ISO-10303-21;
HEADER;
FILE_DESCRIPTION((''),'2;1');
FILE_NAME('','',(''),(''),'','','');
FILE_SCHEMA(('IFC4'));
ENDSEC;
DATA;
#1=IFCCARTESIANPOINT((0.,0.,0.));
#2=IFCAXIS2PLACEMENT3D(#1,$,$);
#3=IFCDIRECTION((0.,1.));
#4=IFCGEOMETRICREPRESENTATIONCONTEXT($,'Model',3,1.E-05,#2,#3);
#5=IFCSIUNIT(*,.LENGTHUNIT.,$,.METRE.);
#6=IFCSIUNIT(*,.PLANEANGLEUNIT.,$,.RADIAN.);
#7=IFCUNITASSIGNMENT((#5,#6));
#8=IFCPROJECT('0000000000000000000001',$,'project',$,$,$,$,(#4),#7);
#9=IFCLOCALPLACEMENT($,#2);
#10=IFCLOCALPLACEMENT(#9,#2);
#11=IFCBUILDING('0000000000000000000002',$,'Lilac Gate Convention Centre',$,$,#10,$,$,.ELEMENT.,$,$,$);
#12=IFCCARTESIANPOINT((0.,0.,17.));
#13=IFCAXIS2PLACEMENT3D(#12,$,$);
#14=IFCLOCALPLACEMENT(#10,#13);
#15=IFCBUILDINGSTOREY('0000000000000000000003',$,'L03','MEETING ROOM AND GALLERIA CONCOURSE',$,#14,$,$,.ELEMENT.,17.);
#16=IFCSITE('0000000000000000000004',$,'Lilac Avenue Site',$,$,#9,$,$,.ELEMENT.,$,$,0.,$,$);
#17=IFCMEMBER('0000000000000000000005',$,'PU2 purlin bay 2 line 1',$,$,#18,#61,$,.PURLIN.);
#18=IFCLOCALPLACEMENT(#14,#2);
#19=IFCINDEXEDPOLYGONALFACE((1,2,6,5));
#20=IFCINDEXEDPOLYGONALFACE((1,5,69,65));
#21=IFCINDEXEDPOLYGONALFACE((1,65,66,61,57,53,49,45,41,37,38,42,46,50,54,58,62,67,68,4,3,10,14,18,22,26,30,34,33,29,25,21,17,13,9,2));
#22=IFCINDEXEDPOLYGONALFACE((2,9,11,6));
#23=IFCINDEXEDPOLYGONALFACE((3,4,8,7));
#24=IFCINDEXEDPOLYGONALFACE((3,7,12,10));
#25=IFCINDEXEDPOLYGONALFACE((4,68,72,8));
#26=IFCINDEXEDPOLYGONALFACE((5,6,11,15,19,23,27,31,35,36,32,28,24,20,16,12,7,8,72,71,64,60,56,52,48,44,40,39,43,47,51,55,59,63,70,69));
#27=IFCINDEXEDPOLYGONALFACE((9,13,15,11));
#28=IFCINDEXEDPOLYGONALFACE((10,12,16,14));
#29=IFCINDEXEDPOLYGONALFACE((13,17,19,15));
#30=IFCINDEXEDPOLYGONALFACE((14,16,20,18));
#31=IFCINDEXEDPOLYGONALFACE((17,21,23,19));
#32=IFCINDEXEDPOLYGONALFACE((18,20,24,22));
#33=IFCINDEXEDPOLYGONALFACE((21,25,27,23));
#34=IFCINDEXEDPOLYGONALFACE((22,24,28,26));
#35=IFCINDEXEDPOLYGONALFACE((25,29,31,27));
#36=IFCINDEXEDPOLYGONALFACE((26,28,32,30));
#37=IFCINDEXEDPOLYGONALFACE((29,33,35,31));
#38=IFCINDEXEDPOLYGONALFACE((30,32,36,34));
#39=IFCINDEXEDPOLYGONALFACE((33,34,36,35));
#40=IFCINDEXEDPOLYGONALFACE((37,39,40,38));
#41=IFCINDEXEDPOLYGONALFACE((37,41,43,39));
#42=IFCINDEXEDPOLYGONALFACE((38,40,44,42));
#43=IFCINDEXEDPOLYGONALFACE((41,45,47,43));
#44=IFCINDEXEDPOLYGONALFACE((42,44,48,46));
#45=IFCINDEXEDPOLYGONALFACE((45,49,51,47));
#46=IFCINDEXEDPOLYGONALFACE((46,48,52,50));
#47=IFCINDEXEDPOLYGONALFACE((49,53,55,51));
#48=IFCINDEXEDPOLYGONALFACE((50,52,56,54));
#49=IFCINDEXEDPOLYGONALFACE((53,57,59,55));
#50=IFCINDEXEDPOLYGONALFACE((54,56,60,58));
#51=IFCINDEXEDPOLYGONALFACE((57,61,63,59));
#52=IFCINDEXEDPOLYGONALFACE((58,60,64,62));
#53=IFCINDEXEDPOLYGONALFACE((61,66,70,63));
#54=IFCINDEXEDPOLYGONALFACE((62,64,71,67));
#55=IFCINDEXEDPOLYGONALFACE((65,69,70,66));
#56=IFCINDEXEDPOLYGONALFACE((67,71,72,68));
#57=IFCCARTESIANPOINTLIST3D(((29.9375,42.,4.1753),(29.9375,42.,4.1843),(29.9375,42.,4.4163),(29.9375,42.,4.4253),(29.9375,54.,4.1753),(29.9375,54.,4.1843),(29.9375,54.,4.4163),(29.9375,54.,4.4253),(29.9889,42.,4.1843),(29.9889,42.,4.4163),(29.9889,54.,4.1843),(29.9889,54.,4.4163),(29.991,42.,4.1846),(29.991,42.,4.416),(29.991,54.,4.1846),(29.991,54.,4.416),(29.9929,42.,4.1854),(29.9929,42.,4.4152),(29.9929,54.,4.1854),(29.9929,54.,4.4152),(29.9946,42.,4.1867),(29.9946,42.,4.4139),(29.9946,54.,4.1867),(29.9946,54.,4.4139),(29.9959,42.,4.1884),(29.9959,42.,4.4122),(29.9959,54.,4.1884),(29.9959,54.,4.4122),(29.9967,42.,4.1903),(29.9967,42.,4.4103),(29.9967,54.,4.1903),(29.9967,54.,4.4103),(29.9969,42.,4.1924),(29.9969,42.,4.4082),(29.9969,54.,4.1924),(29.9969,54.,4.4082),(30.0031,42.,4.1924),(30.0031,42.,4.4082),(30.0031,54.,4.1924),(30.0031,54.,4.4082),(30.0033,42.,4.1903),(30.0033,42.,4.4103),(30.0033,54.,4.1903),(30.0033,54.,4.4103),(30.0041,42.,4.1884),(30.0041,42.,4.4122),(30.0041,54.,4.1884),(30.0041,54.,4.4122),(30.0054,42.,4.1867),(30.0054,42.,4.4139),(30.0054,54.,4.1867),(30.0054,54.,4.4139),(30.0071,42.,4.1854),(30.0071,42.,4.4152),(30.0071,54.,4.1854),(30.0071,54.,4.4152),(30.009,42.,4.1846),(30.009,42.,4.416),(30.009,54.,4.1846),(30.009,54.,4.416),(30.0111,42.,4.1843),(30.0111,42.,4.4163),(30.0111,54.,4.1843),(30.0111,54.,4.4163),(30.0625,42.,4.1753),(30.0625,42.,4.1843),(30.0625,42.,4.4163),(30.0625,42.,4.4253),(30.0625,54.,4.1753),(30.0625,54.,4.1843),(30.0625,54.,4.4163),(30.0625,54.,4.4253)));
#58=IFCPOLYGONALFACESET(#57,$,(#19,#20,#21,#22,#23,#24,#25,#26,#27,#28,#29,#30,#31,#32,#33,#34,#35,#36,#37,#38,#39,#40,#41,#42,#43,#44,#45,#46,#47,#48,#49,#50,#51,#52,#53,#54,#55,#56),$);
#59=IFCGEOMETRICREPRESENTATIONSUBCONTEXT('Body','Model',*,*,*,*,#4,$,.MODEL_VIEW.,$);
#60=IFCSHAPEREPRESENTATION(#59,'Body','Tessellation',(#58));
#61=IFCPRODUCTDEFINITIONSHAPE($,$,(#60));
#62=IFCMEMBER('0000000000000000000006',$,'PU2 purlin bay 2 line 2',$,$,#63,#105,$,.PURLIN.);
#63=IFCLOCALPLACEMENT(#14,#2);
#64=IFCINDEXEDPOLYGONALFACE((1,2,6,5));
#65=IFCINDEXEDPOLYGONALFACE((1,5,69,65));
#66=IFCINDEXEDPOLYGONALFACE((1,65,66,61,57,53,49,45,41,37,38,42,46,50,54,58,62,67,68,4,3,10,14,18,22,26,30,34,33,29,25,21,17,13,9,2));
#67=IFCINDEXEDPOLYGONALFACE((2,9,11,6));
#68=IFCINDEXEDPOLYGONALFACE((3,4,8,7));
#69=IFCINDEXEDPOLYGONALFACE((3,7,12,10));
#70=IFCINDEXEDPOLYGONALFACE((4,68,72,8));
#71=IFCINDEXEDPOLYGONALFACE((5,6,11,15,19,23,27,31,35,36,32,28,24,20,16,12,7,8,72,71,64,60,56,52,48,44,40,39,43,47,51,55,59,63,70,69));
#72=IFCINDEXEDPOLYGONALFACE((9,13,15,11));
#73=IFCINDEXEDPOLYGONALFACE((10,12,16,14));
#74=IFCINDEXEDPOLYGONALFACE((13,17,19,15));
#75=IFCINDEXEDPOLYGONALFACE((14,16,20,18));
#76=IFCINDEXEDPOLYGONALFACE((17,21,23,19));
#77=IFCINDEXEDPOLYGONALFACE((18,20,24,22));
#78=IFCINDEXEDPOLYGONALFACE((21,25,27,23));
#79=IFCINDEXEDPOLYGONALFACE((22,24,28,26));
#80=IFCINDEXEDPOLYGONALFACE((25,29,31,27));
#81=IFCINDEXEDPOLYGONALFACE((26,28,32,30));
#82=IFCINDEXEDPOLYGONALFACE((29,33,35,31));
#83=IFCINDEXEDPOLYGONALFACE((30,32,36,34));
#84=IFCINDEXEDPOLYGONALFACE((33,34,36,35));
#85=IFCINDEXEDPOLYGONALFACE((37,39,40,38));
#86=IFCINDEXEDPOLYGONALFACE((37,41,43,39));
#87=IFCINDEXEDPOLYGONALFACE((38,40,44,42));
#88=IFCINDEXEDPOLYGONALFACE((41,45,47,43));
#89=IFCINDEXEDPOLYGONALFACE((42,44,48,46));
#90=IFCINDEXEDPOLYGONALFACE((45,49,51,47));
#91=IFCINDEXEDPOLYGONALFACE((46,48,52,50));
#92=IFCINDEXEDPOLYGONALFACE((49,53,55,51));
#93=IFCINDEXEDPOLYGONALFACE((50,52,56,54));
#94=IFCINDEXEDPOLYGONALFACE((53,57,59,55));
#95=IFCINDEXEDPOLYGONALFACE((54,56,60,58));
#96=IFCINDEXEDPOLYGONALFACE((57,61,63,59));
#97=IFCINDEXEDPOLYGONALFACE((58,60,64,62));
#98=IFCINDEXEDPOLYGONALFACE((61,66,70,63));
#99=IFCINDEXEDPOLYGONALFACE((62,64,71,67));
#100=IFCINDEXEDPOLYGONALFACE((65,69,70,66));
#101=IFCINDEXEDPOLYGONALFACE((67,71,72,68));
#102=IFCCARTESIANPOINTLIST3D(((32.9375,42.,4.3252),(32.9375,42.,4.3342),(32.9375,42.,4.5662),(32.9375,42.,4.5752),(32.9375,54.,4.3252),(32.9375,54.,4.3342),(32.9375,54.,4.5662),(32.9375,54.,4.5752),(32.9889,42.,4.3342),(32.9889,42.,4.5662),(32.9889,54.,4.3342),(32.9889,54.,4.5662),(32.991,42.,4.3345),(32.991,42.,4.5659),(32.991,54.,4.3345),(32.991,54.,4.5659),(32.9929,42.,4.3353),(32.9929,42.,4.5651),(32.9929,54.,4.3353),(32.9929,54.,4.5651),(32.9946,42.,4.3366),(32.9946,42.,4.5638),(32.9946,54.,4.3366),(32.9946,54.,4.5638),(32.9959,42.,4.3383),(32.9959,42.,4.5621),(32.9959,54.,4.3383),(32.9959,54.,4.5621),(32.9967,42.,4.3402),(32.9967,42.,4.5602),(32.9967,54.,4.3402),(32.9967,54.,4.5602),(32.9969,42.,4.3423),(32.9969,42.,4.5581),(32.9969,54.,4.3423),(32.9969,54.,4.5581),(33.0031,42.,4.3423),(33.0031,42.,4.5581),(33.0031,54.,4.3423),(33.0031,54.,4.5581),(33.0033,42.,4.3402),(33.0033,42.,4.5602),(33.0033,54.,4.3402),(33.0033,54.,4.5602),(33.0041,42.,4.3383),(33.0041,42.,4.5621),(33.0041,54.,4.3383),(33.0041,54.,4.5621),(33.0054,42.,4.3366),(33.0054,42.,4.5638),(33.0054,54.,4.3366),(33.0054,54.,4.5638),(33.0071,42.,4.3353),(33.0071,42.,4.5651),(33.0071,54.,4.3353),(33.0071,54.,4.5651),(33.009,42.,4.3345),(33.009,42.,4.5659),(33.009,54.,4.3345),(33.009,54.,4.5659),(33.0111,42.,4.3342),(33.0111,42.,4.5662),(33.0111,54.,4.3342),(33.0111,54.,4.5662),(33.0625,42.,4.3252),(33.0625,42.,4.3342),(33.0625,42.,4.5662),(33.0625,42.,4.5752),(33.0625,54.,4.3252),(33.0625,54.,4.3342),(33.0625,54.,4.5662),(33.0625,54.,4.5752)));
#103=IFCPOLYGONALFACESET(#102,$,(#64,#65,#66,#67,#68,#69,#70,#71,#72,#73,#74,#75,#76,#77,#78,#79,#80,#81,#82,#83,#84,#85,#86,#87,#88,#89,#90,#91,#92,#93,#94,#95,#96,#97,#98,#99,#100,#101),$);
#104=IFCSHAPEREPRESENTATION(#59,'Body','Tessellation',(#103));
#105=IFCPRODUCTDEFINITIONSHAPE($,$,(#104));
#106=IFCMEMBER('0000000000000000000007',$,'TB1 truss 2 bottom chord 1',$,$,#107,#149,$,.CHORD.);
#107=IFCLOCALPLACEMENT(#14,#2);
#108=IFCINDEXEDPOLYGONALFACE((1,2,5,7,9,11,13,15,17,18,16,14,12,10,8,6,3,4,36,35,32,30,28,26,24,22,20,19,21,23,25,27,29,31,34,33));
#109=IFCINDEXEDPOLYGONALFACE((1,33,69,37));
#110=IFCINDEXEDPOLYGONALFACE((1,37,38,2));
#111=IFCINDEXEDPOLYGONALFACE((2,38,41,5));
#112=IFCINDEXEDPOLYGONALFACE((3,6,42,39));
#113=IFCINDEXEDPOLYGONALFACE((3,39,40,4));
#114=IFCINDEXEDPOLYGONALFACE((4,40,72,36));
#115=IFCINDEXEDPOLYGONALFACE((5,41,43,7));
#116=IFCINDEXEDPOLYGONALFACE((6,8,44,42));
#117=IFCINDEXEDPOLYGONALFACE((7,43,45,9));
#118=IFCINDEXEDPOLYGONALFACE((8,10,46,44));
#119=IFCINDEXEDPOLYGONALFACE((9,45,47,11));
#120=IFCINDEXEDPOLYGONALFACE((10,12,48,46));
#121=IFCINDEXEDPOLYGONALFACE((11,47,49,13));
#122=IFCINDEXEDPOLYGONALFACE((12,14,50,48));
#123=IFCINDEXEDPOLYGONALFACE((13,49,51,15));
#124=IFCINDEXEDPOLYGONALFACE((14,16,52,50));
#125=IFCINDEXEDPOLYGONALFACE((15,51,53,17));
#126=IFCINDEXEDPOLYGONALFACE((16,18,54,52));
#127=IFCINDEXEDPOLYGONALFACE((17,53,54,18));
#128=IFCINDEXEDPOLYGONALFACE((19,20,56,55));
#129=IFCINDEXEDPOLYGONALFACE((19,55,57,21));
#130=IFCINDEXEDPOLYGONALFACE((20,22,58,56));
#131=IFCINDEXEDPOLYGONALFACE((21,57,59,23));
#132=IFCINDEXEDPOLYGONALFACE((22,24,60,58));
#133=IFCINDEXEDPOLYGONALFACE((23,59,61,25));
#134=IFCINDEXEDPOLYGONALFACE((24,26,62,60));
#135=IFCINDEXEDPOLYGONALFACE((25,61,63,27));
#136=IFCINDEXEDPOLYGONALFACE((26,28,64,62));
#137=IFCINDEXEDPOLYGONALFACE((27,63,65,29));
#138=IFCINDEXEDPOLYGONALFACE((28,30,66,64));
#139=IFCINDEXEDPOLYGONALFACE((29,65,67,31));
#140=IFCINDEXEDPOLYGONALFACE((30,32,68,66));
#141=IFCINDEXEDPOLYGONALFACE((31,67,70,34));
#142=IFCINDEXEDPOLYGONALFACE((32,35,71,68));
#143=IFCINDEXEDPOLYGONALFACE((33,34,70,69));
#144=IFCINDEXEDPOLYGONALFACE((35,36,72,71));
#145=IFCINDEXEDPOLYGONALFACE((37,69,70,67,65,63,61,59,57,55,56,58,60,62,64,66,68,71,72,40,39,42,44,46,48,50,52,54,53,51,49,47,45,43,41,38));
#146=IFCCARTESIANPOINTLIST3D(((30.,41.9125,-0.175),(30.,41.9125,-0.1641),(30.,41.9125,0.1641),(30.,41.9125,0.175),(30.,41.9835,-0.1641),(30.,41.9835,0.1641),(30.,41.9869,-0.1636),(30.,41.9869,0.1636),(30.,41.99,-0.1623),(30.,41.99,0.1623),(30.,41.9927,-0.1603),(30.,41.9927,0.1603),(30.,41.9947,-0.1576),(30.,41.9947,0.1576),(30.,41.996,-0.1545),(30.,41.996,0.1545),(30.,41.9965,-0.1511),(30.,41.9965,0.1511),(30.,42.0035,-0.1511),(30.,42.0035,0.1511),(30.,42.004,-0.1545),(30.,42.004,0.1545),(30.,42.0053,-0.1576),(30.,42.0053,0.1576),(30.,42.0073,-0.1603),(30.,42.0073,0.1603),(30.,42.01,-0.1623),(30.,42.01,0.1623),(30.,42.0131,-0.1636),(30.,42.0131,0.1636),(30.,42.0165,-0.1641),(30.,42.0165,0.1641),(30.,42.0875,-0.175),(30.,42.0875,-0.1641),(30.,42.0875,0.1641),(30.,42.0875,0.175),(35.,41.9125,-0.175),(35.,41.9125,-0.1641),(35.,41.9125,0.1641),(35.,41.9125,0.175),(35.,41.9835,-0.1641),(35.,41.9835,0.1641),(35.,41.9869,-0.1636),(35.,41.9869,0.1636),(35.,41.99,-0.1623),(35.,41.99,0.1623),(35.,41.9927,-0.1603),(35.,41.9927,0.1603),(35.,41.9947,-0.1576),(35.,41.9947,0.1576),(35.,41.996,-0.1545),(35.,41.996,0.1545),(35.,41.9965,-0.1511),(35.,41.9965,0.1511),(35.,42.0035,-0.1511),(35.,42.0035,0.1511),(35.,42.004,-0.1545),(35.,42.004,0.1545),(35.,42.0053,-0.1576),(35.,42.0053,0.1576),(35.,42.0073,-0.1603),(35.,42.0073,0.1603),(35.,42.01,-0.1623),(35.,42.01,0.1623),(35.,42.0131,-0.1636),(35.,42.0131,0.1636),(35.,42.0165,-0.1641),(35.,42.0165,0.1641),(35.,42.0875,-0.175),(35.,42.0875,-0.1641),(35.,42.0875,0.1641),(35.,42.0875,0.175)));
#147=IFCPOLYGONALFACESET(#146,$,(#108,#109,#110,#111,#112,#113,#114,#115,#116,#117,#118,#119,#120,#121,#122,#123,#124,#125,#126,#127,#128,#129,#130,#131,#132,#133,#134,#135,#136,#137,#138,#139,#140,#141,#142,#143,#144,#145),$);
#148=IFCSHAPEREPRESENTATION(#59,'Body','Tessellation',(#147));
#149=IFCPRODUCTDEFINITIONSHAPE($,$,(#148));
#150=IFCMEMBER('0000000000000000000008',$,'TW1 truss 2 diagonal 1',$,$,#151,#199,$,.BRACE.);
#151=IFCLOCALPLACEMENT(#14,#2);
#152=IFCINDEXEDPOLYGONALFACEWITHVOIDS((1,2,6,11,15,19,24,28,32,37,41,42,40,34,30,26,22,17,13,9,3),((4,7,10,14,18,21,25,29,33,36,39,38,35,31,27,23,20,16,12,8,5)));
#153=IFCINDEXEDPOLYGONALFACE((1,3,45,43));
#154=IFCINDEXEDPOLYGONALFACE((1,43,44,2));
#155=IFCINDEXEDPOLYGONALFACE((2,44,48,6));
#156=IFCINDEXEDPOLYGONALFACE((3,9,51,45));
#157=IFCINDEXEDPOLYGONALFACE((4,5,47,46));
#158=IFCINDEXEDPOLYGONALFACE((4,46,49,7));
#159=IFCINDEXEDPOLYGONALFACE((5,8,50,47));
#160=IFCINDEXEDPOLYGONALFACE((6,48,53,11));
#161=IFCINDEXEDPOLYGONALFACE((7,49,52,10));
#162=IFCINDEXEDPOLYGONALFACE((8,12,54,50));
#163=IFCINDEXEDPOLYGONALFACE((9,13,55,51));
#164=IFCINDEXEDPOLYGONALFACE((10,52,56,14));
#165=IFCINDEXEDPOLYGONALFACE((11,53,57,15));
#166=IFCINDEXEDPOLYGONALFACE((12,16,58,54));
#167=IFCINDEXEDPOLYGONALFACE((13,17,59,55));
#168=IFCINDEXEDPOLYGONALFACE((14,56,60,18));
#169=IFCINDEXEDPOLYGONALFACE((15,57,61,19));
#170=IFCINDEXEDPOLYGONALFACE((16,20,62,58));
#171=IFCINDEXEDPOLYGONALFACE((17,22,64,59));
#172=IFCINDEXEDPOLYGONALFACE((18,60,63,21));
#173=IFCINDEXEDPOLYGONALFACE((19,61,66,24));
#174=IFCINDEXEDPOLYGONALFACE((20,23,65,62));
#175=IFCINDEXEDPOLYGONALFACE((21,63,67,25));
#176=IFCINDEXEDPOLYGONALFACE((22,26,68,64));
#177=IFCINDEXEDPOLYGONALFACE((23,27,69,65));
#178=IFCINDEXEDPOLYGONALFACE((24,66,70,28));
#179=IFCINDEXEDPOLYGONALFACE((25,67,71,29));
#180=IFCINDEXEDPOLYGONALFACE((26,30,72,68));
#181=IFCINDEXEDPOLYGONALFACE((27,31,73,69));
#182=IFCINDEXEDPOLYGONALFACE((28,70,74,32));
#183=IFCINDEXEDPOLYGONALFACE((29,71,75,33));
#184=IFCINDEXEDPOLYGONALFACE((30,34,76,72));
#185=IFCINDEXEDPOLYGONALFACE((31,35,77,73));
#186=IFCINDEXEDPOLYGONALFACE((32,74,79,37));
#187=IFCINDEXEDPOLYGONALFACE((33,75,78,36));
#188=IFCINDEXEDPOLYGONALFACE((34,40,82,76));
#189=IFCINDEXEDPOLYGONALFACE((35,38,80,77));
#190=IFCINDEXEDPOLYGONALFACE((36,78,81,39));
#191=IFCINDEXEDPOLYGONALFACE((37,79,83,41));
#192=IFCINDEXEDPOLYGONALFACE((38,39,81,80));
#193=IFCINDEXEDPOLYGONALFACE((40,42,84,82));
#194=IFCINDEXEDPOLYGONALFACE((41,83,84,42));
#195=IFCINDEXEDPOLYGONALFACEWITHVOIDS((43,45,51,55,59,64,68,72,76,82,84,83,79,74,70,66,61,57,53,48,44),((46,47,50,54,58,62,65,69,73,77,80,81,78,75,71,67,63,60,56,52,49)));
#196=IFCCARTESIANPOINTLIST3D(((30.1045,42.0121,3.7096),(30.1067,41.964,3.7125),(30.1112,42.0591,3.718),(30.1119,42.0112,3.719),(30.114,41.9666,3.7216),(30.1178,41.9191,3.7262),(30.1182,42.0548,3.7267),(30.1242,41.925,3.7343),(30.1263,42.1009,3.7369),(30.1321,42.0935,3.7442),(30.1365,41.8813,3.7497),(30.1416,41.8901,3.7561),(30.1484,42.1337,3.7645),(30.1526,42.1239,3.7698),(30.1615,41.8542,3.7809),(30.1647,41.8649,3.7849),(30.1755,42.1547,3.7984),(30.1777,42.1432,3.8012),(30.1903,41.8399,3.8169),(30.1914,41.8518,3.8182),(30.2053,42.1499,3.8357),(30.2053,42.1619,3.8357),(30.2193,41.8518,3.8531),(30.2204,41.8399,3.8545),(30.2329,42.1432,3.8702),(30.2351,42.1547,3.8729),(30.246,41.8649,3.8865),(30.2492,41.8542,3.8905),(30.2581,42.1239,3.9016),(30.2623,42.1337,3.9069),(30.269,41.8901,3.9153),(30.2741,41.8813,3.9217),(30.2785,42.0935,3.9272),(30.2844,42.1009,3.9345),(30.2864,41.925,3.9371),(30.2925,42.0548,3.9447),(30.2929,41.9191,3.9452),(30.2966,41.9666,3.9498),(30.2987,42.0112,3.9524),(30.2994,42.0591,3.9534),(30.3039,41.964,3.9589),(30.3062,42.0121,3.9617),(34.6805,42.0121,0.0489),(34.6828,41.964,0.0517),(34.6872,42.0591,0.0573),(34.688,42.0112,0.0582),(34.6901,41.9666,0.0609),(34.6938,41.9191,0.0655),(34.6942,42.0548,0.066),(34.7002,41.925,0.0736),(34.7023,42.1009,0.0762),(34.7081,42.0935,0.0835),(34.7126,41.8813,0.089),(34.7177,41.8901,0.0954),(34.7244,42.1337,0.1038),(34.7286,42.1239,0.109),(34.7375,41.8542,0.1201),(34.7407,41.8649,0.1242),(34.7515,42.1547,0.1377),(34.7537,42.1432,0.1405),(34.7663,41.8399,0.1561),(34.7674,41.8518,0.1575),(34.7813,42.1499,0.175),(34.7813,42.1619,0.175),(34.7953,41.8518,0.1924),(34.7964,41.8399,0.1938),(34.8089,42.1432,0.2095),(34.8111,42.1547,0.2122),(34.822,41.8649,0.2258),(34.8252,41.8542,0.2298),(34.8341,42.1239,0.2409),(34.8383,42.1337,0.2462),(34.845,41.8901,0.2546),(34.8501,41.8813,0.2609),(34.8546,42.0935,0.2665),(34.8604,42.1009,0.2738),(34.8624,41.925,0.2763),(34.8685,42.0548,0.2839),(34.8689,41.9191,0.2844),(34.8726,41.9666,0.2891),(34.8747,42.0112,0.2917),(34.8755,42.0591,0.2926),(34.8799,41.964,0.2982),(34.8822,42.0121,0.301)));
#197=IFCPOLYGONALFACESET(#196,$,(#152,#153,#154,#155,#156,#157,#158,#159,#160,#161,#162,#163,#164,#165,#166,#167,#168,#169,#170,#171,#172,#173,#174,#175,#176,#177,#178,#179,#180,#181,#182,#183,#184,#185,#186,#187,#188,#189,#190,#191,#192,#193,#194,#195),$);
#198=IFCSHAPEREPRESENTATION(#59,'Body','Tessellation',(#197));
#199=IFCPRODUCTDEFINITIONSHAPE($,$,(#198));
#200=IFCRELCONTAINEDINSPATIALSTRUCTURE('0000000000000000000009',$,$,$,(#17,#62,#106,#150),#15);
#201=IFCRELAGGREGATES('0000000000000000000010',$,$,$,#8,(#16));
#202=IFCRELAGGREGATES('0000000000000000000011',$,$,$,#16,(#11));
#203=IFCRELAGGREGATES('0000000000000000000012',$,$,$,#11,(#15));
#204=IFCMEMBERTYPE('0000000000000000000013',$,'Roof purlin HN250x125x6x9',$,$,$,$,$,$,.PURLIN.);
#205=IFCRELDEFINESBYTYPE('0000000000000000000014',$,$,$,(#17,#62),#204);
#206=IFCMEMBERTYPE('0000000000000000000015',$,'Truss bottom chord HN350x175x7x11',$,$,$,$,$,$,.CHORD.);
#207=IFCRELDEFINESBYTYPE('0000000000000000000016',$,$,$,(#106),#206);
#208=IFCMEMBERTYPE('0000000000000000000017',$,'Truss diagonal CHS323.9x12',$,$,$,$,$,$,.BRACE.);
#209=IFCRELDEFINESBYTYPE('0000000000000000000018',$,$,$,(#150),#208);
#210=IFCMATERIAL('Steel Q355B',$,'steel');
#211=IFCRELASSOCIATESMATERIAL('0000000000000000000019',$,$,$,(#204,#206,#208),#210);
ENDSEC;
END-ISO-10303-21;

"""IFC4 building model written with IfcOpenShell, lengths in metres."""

from ifc_helpers import new_model, si_unit, direction, frame, origin, origin_2d, place, context, subcontext, project, spatial, hollow_circle, i_section, extrude, material, material_profile, profile_set, type_object, element, save


model = new_model("IFC4")

# Units and contexts
model_context = context("Model", 3, precision=1e-05, world=origin(), true_north=direction((0.0, 1.0)))
body_context = subcontext(model_context, "Body", "Model", "MODEL_VIEW")
ifc_project = project(units=[si_unit("LENGTHUNIT", "METRE"), si_unit("PLANEANGLEUNIT", "RADIAN")], contexts=[model_context])

# Site, building, storey
site_placement = place(None, origin())
site = spatial("IfcSite", under=ifc_project, at=site_placement, Name="Lilac Avenue Site", CompositionType="ELEMENT", RefElevation=0.0)
building_placement = place(site_placement, origin())
building = spatial("IfcBuilding", under=site, at=building_placement, Name="Lilac Gate Convention Centre", CompositionType="ELEMENT")
storey_placement = place(building_placement, frame((0.0, 0.0, 17.0)))
storey = spatial("IfcBuildingStorey", under=building, at=storey_placement, Name="L03", Description="MEETING ROOM AND GALLERIA CONCOURSE", CompositionType="ELEMENT", Elevation=17.0)

# Shared definitions
ifc_material_1 = material(Name="Steel Q355B", Category="steel")

# Members
ifc_material_profile_1 = material_profile(ifc_material_1, i_section(OverallWidth=0.125, OverallDepth=0.25, WebThickness=0.0061, FlangeThickness=0.009, FilletRadius=0.0081, at=origin_2d()), Name="HN250x125x6x9")
ifc_profile_set_1 = profile_set([ifc_material_profile_1], Name="Steel Q355B")
member_type_1 = type_object("IfcMemberType", Name="Roof purlin HN250x125x6x9", PredefinedType="PURLIN", material=ifc_profile_set_1)
for number, where, z_axis, x_axis, name in (
    (1, (30.0, 42.0, 4.3003), (0.0, 1.0, 0.0), (-1.0, 0.0, 0.0), "PU2 purlin bay 2 line 1"),
    (2, (33.0, 42.0, 4.4502), (0.0, 1.0, 0.0), (-1.0, 0.0, 0.0), "PU2 purlin bay 2 line 2"),
):
    element("IfcMember", number, at=place(storey_placement, frame(where, z_axis=z_axis, x_axis=x_axis)), inside=storey, type_object=member_type_1, Name=name, PredefinedType="PURLIN", context=body_context, shape_type="SweptSolid", body=[
        extrude(i_section(OverallWidth=0.125, OverallDepth=0.25, WebThickness=0.0061, FlangeThickness=0.009, FilletRadius=0.0081, at=origin_2d()), origin(), (0.0, 0.0, 1.0), 12.0),
    ])
ifc_material_profile_2 = material_profile(ifc_material_1, i_section(OverallWidth=0.175, OverallDepth=0.3501, WebThickness=0.0071, FlangeThickness=0.011, FilletRadius=0.0129, at=origin_2d()), Name="HN350x175x7x11")
ifc_profile_set_2 = profile_set([ifc_material_profile_2], Name="Steel Q355B")
member_type_2 = type_object("IfcMemberType", Name="Truss bottom chord HN350x175x7x11", PredefinedType="CHORD", material=ifc_profile_set_2)
member_1_placement = place(storey_placement, frame((30.0, 42.0, 0.0), z_axis=(1.0, 0.0, 0.0), x_axis=(0.0, 1.0, 0.0)))
element("IfcMember", 3, at=member_1_placement, inside=storey, type_object=member_type_2, Name="TB1 truss 2 bottom chord 1", PredefinedType="CHORD", context=body_context, shape_type="SweptSolid", body=[
    extrude(i_section(OverallWidth=0.175, OverallDepth=0.3501, WebThickness=0.0071, FlangeThickness=0.011, FilletRadius=0.0129, at=origin_2d()), origin(), (0.0, 0.0, 1.0), 5.0),
])
ifc_material_profile_3 = material_profile(ifc_material_1, hollow_circle(Radius=0.1619, WallThickness=0.012, at=origin_2d()), Name="CHS323.9x12")
ifc_profile_set_3 = profile_set([ifc_material_profile_3], Name="Steel Q355B")
member_type_3 = type_object("IfcMemberType", Name="Truss diagonal CHS323.9x12", PredefinedType="BRACE", material=ifc_profile_set_3)
member_2_placement = place(storey_placement, frame((30.2053, 42.0, 3.8357), z_axis=(0.780877, 0.0, -0.624685), x_axis=(0.0, 1.0, 0.0)))
element("IfcMember", 4, at=member_2_placement, inside=storey, type_object=member_type_3, Name="TW1 truss 2 diagonal 1", PredefinedType="BRACE", context=body_context, shape_type="SweptSolid", body=[
    extrude(hollow_circle(Radius=0.1619, WallThickness=0.012, at=origin_2d()), origin(), (0.0, 0.0, 1.0), 5.8601),
])

save(model, "model.ifc")
